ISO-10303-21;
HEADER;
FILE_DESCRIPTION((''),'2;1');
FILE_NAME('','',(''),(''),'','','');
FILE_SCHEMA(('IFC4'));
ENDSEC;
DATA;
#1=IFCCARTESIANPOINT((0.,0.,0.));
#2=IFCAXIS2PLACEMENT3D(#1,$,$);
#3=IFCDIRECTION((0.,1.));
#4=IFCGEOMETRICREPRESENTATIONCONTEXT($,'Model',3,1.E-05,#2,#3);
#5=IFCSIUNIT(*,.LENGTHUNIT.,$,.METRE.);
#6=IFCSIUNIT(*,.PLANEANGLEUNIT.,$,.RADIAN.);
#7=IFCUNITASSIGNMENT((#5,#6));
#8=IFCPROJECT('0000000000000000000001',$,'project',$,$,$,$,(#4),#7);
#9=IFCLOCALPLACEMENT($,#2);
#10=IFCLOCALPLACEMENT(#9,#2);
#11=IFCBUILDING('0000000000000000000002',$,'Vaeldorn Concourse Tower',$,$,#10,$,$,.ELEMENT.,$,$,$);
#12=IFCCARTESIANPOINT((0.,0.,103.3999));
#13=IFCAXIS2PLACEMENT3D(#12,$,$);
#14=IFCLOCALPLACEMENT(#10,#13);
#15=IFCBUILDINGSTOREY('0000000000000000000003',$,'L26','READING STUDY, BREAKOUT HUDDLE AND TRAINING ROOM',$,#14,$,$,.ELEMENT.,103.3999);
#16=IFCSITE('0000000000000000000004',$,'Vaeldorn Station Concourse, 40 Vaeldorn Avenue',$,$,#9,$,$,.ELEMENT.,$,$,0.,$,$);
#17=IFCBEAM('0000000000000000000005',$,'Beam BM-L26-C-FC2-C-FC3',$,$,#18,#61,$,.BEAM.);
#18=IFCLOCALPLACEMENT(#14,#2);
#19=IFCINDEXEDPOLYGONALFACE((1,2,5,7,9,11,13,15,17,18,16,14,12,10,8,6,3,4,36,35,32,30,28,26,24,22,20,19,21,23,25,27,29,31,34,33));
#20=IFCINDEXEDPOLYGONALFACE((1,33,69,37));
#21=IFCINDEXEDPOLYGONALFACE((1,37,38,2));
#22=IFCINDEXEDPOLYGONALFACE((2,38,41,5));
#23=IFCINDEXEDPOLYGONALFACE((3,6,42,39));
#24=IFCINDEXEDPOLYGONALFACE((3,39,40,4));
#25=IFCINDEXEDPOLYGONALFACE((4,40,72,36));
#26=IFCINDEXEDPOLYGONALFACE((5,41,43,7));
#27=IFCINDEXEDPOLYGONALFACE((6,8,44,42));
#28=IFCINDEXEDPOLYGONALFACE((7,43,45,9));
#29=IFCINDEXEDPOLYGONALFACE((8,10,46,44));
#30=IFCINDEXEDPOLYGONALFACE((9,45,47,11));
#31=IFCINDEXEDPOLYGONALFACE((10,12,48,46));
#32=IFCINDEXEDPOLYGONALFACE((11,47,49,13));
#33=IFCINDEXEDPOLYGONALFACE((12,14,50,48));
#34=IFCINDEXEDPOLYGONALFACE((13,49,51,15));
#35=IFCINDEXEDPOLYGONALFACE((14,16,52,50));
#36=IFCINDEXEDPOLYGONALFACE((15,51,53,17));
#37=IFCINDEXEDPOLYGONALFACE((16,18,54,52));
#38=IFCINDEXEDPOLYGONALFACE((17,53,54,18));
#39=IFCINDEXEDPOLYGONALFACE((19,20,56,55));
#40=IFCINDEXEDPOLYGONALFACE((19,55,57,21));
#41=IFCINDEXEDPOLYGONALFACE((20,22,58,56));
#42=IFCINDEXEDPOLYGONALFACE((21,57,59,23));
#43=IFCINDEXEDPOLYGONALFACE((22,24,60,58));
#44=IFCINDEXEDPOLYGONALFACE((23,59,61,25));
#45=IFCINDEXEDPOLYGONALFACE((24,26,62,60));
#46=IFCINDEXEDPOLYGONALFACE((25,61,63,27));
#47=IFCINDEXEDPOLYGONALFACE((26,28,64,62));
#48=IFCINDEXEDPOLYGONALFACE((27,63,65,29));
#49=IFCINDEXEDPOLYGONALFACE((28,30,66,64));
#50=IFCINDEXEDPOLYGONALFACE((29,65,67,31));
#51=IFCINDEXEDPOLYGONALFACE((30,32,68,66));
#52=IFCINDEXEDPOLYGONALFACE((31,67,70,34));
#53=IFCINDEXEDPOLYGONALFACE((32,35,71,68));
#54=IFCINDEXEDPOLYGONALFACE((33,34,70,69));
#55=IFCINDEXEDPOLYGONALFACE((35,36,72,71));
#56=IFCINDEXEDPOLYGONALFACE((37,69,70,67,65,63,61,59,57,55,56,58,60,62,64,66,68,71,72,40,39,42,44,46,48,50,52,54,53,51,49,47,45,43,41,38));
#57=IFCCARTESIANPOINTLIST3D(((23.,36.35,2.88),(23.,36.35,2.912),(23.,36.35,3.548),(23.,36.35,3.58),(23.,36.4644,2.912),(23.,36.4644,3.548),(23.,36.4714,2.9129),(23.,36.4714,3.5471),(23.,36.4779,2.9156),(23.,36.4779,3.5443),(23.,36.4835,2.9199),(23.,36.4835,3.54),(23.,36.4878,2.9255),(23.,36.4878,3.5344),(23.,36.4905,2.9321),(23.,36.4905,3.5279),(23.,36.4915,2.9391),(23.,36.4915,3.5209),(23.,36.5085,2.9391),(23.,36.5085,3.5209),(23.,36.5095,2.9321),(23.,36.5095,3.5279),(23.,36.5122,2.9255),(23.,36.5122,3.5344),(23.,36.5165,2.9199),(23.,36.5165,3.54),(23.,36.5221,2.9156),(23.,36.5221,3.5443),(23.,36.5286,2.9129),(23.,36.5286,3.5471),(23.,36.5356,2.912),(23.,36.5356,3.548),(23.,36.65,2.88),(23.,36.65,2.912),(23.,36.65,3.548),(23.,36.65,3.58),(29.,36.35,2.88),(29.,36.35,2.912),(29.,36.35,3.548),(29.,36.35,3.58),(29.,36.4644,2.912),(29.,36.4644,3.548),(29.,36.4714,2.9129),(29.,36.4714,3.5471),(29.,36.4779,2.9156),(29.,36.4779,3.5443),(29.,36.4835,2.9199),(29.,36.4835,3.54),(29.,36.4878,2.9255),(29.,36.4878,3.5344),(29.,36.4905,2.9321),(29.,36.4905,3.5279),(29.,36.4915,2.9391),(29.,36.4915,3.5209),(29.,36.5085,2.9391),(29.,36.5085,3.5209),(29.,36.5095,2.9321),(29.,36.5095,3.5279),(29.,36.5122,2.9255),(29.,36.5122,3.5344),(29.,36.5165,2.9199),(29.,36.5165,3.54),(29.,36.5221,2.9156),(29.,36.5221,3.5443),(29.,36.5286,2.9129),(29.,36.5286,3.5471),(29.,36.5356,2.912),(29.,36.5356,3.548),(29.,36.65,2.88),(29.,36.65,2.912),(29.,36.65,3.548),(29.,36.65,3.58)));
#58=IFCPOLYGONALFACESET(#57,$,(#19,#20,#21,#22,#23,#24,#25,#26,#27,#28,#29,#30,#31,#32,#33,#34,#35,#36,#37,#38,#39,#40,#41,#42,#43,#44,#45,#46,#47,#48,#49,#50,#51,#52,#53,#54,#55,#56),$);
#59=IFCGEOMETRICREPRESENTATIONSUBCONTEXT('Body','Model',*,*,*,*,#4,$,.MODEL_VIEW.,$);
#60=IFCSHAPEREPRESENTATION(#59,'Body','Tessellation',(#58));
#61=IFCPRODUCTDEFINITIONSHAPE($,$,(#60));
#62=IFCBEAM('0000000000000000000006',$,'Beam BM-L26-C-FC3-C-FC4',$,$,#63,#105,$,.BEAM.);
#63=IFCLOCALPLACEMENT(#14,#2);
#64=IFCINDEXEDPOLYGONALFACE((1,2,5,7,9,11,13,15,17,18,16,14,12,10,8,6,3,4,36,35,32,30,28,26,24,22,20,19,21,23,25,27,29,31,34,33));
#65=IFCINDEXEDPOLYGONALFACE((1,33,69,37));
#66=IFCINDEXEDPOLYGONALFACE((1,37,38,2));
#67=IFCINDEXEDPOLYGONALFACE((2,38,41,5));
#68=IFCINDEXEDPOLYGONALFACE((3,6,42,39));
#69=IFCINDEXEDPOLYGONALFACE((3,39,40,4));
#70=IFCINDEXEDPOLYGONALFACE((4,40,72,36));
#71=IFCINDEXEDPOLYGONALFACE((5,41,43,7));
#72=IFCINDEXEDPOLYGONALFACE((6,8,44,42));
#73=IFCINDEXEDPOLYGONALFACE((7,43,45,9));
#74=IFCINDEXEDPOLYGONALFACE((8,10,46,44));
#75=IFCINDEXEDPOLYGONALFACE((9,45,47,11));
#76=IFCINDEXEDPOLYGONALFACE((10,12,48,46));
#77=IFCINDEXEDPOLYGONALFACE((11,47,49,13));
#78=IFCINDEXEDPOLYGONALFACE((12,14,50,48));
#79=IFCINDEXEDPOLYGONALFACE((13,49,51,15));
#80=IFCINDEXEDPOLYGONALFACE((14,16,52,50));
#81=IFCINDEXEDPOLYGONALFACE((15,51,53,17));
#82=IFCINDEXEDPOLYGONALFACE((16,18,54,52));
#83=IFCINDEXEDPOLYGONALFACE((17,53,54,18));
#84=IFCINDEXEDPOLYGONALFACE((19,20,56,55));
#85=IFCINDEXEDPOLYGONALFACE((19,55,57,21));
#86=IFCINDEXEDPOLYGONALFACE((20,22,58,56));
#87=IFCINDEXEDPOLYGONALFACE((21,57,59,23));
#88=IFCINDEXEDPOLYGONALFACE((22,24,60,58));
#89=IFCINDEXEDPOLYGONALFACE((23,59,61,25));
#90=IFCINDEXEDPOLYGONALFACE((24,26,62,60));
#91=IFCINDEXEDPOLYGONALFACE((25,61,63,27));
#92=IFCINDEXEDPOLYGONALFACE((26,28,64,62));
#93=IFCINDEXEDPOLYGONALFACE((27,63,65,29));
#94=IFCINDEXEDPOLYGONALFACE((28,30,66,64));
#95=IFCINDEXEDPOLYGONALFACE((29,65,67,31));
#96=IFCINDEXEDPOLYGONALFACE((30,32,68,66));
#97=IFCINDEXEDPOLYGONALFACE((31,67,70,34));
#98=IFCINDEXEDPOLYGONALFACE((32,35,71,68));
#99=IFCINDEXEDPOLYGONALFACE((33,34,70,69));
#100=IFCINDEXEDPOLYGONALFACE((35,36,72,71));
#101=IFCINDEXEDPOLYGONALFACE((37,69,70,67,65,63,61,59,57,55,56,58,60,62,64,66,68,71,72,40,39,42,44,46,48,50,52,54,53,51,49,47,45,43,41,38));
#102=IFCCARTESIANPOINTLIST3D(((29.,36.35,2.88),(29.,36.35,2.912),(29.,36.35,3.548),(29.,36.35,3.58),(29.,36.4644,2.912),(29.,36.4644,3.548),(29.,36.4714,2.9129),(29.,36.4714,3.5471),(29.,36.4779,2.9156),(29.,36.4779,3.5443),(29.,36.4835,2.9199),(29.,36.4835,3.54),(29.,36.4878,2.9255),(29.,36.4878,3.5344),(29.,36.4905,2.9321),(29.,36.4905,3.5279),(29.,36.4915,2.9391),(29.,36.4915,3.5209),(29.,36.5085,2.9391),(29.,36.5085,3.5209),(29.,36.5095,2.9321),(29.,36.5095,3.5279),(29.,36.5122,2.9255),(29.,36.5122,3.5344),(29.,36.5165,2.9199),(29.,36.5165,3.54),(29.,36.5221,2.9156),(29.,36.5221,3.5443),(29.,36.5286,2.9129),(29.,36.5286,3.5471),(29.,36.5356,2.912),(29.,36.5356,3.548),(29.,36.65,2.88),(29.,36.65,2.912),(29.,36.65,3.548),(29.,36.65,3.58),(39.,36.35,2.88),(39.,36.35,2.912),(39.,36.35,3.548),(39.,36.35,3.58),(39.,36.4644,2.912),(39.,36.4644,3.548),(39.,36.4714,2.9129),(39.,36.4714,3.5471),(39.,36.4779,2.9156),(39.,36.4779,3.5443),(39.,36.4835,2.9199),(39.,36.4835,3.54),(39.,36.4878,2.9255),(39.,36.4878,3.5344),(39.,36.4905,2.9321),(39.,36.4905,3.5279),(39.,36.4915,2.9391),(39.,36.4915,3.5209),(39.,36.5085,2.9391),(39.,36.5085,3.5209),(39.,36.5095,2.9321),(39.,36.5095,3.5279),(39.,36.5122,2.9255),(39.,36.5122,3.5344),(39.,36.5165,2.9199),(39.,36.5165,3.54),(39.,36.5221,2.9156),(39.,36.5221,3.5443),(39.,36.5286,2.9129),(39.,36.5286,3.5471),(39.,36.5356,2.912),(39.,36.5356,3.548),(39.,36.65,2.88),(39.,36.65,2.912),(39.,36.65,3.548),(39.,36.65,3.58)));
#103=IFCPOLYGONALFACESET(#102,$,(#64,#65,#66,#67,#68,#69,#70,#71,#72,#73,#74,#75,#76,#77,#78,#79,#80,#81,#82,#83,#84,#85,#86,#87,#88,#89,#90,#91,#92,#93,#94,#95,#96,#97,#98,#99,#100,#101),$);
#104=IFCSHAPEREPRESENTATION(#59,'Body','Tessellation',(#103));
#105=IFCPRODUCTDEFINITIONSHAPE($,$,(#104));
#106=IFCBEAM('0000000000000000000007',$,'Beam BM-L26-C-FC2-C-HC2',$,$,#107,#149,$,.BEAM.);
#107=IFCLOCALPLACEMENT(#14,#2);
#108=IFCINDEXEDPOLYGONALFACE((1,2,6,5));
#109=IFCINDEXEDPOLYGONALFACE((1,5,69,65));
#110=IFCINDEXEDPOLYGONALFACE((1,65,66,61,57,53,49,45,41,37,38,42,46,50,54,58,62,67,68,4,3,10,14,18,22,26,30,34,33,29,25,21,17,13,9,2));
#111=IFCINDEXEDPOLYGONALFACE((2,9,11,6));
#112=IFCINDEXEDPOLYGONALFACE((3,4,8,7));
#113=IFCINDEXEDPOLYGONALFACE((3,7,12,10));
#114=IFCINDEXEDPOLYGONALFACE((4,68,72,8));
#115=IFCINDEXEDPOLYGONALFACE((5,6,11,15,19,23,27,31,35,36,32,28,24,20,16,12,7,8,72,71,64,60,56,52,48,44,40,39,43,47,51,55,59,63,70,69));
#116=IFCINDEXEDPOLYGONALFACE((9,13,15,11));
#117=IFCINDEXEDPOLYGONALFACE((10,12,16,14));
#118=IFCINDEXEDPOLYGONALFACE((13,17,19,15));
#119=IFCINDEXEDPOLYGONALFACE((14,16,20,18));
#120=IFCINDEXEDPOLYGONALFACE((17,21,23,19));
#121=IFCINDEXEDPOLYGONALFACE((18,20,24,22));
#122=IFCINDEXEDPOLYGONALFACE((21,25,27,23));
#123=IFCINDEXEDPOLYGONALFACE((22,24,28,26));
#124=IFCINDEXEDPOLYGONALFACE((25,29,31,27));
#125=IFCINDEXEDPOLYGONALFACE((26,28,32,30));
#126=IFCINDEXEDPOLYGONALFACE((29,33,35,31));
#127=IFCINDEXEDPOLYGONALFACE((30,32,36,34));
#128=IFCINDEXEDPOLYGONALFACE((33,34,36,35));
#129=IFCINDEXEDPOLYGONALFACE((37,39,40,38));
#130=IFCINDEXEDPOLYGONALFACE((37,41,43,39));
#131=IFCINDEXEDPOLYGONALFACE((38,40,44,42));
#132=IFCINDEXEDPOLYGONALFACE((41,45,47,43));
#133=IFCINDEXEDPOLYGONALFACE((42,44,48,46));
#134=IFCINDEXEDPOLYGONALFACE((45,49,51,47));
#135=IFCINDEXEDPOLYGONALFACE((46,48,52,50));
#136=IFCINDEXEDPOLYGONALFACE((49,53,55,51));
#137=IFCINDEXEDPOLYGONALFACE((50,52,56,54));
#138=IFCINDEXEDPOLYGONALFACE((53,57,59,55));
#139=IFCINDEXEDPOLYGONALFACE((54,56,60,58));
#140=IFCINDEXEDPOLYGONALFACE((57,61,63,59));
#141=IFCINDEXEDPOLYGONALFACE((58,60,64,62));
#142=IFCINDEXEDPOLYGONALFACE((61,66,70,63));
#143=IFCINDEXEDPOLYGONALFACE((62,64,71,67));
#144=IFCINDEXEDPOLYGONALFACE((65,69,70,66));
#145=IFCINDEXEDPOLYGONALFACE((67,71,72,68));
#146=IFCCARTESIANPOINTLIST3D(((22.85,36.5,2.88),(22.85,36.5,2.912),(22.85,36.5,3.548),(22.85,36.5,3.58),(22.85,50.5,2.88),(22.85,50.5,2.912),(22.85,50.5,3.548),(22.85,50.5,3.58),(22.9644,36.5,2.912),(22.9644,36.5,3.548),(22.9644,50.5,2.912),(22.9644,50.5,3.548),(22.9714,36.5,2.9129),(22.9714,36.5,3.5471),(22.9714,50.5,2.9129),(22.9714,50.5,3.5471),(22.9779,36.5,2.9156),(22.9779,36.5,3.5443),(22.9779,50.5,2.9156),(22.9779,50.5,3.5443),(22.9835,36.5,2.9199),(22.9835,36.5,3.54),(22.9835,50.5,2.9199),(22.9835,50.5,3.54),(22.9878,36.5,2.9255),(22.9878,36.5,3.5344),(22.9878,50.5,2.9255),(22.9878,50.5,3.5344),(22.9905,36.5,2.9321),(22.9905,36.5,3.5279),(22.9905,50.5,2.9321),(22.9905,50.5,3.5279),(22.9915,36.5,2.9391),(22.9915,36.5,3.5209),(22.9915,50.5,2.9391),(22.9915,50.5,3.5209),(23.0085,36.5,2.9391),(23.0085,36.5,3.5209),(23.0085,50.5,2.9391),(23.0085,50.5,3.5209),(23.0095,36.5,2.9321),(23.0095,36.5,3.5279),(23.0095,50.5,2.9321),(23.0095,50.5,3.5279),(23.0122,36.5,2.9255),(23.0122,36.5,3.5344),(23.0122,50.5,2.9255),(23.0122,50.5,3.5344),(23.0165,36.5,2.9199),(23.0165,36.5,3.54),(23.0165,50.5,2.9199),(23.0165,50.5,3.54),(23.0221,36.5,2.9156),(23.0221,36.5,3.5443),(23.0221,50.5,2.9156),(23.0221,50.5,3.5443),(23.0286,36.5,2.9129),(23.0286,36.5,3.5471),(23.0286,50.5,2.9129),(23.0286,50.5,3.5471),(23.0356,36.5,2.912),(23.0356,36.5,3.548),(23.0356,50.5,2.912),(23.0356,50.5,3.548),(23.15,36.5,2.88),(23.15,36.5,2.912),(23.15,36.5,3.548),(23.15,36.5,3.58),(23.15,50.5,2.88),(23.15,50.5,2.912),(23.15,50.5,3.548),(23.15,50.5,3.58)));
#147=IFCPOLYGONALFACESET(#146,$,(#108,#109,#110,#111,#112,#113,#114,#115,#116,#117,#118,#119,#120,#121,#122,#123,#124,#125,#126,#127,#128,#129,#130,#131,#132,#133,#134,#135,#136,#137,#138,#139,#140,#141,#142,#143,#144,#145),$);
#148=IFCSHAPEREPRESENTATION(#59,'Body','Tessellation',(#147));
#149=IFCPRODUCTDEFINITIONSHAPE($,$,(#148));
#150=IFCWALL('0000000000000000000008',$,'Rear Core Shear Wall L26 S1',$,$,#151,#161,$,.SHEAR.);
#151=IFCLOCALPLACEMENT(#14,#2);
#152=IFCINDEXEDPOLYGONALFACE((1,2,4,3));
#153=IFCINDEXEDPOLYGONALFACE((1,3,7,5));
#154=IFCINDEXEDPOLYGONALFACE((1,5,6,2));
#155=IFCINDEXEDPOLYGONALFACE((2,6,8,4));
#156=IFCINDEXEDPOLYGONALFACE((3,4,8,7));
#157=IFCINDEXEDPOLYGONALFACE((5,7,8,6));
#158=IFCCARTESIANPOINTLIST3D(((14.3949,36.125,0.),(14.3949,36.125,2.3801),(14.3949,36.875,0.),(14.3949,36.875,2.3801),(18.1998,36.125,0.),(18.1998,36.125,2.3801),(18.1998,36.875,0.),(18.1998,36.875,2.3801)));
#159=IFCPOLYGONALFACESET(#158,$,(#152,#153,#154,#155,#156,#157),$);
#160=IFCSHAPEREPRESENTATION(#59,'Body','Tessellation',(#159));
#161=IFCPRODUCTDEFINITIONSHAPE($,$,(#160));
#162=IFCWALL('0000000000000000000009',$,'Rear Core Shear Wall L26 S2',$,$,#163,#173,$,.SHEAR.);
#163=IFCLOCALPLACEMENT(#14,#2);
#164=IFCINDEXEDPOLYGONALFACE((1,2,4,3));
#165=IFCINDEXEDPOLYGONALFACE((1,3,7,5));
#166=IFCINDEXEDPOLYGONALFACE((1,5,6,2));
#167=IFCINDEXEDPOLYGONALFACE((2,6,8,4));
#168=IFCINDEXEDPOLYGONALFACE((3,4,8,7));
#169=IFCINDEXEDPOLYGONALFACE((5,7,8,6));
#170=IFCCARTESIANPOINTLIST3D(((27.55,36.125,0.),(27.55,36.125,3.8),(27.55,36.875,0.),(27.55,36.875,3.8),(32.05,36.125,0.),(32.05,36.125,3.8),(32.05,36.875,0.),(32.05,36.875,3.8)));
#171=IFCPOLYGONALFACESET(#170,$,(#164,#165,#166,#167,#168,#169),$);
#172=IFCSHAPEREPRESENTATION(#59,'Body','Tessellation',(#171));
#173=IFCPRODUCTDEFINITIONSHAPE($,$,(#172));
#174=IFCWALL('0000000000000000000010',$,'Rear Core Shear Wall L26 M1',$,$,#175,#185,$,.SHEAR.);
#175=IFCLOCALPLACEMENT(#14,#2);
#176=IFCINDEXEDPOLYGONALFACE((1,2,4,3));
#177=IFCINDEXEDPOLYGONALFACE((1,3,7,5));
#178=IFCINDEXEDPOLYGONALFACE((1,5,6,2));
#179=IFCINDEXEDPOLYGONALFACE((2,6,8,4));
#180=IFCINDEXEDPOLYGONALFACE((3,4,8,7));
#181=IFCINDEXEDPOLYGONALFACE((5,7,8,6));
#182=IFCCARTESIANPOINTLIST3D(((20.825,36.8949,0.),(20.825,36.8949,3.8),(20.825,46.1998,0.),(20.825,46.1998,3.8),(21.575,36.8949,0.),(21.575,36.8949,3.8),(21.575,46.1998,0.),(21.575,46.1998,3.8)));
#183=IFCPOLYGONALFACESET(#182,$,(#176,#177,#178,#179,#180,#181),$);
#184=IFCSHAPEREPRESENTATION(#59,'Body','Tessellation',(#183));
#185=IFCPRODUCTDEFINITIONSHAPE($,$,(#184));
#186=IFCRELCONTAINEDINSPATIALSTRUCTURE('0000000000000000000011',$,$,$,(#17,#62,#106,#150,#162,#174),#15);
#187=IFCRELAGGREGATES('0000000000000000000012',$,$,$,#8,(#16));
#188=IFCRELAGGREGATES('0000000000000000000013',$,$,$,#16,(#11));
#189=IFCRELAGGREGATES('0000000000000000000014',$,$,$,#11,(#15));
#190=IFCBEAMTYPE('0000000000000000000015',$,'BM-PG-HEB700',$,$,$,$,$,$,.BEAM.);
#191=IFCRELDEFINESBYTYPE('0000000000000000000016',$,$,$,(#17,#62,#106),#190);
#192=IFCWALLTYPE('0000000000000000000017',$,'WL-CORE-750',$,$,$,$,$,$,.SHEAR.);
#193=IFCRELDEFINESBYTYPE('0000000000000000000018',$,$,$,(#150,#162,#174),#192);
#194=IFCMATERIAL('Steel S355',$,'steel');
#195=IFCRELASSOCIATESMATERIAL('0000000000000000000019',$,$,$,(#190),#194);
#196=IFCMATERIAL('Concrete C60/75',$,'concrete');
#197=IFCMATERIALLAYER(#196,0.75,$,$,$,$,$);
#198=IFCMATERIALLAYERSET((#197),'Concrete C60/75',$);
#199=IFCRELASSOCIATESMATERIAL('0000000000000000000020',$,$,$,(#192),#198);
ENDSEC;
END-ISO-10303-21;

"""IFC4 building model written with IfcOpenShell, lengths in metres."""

from ifc_helpers import new_model, si_unit, direction, frame, frame_2d, origin, origin_2d, place, context, subcontext, project, spatial, rectangle, i_section, extrude, source, transform, mapped, material, layer, layer_set, material_profile, profile_set, type_object, element, save


model = new_model("IFC4")

# Units and contexts
model_context = context("Model", 3, precision=1e-05, world=origin(), true_north=direction((0.0, 1.0)))
body_context = subcontext(model_context, "Body", "Model", "MODEL_VIEW")
ifc_project = project(units=[si_unit("LENGTHUNIT", "METRE"), si_unit("PLANEANGLEUNIT", "RADIAN")], contexts=[model_context])

# Site, building, storey
site_placement = place(None, origin())
site = spatial("IfcSite", under=ifc_project, at=site_placement, Name="Vaeldorn Station Concourse, 40 Vaeldorn Avenue", CompositionType="ELEMENT", RefElevation=0.0)
building_placement = place(site_placement, origin())
building = spatial("IfcBuilding", under=site, at=building_placement, Name="Vaeldorn Concourse Tower", CompositionType="ELEMENT")
storey_placement = place(building_placement, frame((0.0, 0.0, 103.3999)))
storey = spatial("IfcBuildingStorey", under=building, at=storey_placement, Name="L26", Description="READING STUDY, BREAKOUT HUDDLE AND TRAINING ROOM", CompositionType="ELEMENT", Elevation=103.3999)

# Beams
ifc_material_1 = material(Name="Steel S355", Category="steel")
ifc_material_profile_1 = material_profile(ifc_material_1, i_section(OverallWidth=0.3, OverallDepth=0.7, WebThickness=0.0171, FlangeThickness=0.032, FilletRadius=0.0271, at=origin_2d()), Name="HEB 700")
ifc_profile_set_1 = profile_set([ifc_material_profile_1], Name="Steel S355")
beam_type_1 = type_object("IfcBeamType", Name="BM-PG-HEB700", PredefinedType="BEAM", material=ifc_profile_set_1)
shared_shape_1 = source(origin(), body_context, "Body", "SweptSolid", [
    extrude(i_section(OverallWidth=0.3, OverallDepth=0.7, WebThickness=0.0171, FlangeThickness=0.032, FilletRadius=0.0271, at=origin_2d()), origin(), (0.0, 0.0, 1.0), 6.0),
])
beam_1_placement = place(storey_placement, frame((23.0, 36.5, 3.23), z_axis=(1.0, 0.0, 0.0), x_axis=(0.0, 1.0, 0.0)))
element("IfcBeam", 1, at=beam_1_placement, inside=storey, type_object=beam_type_1, Name="Beam BM-L26-C-FC2-C-FC3", PredefinedType="BEAM", context=body_context, shape_type="MappedRepresentation", body=[
    mapped(shared_shape_1, transform((0.0, 0.0, 0.0), scale=1.0)),
])
shared_shape_2 = source(origin(), body_context, "Body", "SweptSolid", [
    extrude(i_section(OverallWidth=0.3, OverallDepth=0.7, WebThickness=0.0171, FlangeThickness=0.032, FilletRadius=0.0271, at=origin_2d()), origin(), (0.0, 0.0, 1.0), 10.0),
])
beam_2_placement = place(storey_placement, frame((29.0, 36.5, 3.23), z_axis=(1.0, 0.0, 0.0), x_axis=(0.0, 1.0, 0.0)))
element("IfcBeam", 2, at=beam_2_placement, inside=storey, type_object=beam_type_1, Name="Beam BM-L26-C-FC3-C-FC4", PredefinedType="BEAM", context=body_context, shape_type="MappedRepresentation", body=[
    mapped(shared_shape_2, transform((0.0, 0.0, 0.0), scale=1.0)),
])
shared_shape_3 = source(origin(), body_context, "Body", "SweptSolid", [
    extrude(i_section(OverallWidth=0.3, OverallDepth=0.7, WebThickness=0.0171, FlangeThickness=0.032, FilletRadius=0.0271, at=origin_2d()), origin(), (0.0, 0.0, 1.0), 14.0),
])
beam_3_placement = place(storey_placement, frame((23.0, 36.5, 3.23), z_axis=(0.0, 1.0, 0.0), x_axis=(-1.0, 0.0, 0.0)))
element("IfcBeam", 3, at=beam_3_placement, inside=storey, type_object=beam_type_1, Name="Beam BM-L26-C-FC2-C-HC2", PredefinedType="BEAM", context=body_context, shape_type="MappedRepresentation", body=[
    mapped(shared_shape_3, transform((0.0, 0.0, 0.0), scale=1.0)),
])

# Walls
ifc_material_2 = material(Name="Concrete C60/75", Category="concrete")
ifc_layer_1 = layer(ifc_material_2, 0.75)
ifc_layer_set_1 = layer_set([ifc_layer_1], Name="Concrete C60/75")
wall_type_1 = type_object("IfcWallType", Name="WL-CORE-750", PredefinedType="SHEAR", material=ifc_layer_set_1)
wall_1_placement = place(storey_placement, frame((14.395, 36.5, 0.0), z_axis=(0.0, 0.0, 1.0), x_axis=(1.0, 0.0, 0.0)))
element("IfcWall", 4, at=wall_1_placement, inside=storey, type_object=wall_type_1, Name="Rear Core Shear Wall L26 S1", PredefinedType="SHEAR", context=body_context, shape_type="SweptSolid", body=[
    extrude(rectangle(XDim=3.8049, YDim=0.75, at=frame_2d((1.9023, 0.0))), origin(), (0.0, 0.0, 1.0), 2.3801),
])
wall_2_placement = place(storey_placement, frame((27.55, 36.5, 0.0), z_axis=(0.0, 0.0, 1.0), x_axis=(1.0, 0.0, 0.0)))
element("IfcWall", 5, at=wall_2_placement, inside=storey, type_object=wall_type_1, Name="Rear Core Shear Wall L26 S2", PredefinedType="SHEAR", context=body_context, shape_type="SweptSolid", body=[
    extrude(rectangle(XDim=4.5, YDim=0.75, at=frame_2d((2.25, 0.0))), origin(), (0.0, 0.0, 1.0), 3.8),
])
wall_3_placement = place(storey_placement, frame((21.2, 36.895, 0.0), z_axis=(0.0, 0.0, 1.0), x_axis=(0.0, 1.0, 0.0)))
element("IfcWall", 6, at=wall_3_placement, inside=storey, type_object=wall_type_1, Name="Rear Core Shear Wall L26 M1", PredefinedType="SHEAR", context=body_context, shape_type="SweptSolid", body=[
    extrude(rectangle(XDim=9.3049, YDim=0.75, at=frame_2d((4.6523, 0.0))), origin(), (0.0, 0.0, 1.0), 3.8),
])

save(model, "model.ifc")
